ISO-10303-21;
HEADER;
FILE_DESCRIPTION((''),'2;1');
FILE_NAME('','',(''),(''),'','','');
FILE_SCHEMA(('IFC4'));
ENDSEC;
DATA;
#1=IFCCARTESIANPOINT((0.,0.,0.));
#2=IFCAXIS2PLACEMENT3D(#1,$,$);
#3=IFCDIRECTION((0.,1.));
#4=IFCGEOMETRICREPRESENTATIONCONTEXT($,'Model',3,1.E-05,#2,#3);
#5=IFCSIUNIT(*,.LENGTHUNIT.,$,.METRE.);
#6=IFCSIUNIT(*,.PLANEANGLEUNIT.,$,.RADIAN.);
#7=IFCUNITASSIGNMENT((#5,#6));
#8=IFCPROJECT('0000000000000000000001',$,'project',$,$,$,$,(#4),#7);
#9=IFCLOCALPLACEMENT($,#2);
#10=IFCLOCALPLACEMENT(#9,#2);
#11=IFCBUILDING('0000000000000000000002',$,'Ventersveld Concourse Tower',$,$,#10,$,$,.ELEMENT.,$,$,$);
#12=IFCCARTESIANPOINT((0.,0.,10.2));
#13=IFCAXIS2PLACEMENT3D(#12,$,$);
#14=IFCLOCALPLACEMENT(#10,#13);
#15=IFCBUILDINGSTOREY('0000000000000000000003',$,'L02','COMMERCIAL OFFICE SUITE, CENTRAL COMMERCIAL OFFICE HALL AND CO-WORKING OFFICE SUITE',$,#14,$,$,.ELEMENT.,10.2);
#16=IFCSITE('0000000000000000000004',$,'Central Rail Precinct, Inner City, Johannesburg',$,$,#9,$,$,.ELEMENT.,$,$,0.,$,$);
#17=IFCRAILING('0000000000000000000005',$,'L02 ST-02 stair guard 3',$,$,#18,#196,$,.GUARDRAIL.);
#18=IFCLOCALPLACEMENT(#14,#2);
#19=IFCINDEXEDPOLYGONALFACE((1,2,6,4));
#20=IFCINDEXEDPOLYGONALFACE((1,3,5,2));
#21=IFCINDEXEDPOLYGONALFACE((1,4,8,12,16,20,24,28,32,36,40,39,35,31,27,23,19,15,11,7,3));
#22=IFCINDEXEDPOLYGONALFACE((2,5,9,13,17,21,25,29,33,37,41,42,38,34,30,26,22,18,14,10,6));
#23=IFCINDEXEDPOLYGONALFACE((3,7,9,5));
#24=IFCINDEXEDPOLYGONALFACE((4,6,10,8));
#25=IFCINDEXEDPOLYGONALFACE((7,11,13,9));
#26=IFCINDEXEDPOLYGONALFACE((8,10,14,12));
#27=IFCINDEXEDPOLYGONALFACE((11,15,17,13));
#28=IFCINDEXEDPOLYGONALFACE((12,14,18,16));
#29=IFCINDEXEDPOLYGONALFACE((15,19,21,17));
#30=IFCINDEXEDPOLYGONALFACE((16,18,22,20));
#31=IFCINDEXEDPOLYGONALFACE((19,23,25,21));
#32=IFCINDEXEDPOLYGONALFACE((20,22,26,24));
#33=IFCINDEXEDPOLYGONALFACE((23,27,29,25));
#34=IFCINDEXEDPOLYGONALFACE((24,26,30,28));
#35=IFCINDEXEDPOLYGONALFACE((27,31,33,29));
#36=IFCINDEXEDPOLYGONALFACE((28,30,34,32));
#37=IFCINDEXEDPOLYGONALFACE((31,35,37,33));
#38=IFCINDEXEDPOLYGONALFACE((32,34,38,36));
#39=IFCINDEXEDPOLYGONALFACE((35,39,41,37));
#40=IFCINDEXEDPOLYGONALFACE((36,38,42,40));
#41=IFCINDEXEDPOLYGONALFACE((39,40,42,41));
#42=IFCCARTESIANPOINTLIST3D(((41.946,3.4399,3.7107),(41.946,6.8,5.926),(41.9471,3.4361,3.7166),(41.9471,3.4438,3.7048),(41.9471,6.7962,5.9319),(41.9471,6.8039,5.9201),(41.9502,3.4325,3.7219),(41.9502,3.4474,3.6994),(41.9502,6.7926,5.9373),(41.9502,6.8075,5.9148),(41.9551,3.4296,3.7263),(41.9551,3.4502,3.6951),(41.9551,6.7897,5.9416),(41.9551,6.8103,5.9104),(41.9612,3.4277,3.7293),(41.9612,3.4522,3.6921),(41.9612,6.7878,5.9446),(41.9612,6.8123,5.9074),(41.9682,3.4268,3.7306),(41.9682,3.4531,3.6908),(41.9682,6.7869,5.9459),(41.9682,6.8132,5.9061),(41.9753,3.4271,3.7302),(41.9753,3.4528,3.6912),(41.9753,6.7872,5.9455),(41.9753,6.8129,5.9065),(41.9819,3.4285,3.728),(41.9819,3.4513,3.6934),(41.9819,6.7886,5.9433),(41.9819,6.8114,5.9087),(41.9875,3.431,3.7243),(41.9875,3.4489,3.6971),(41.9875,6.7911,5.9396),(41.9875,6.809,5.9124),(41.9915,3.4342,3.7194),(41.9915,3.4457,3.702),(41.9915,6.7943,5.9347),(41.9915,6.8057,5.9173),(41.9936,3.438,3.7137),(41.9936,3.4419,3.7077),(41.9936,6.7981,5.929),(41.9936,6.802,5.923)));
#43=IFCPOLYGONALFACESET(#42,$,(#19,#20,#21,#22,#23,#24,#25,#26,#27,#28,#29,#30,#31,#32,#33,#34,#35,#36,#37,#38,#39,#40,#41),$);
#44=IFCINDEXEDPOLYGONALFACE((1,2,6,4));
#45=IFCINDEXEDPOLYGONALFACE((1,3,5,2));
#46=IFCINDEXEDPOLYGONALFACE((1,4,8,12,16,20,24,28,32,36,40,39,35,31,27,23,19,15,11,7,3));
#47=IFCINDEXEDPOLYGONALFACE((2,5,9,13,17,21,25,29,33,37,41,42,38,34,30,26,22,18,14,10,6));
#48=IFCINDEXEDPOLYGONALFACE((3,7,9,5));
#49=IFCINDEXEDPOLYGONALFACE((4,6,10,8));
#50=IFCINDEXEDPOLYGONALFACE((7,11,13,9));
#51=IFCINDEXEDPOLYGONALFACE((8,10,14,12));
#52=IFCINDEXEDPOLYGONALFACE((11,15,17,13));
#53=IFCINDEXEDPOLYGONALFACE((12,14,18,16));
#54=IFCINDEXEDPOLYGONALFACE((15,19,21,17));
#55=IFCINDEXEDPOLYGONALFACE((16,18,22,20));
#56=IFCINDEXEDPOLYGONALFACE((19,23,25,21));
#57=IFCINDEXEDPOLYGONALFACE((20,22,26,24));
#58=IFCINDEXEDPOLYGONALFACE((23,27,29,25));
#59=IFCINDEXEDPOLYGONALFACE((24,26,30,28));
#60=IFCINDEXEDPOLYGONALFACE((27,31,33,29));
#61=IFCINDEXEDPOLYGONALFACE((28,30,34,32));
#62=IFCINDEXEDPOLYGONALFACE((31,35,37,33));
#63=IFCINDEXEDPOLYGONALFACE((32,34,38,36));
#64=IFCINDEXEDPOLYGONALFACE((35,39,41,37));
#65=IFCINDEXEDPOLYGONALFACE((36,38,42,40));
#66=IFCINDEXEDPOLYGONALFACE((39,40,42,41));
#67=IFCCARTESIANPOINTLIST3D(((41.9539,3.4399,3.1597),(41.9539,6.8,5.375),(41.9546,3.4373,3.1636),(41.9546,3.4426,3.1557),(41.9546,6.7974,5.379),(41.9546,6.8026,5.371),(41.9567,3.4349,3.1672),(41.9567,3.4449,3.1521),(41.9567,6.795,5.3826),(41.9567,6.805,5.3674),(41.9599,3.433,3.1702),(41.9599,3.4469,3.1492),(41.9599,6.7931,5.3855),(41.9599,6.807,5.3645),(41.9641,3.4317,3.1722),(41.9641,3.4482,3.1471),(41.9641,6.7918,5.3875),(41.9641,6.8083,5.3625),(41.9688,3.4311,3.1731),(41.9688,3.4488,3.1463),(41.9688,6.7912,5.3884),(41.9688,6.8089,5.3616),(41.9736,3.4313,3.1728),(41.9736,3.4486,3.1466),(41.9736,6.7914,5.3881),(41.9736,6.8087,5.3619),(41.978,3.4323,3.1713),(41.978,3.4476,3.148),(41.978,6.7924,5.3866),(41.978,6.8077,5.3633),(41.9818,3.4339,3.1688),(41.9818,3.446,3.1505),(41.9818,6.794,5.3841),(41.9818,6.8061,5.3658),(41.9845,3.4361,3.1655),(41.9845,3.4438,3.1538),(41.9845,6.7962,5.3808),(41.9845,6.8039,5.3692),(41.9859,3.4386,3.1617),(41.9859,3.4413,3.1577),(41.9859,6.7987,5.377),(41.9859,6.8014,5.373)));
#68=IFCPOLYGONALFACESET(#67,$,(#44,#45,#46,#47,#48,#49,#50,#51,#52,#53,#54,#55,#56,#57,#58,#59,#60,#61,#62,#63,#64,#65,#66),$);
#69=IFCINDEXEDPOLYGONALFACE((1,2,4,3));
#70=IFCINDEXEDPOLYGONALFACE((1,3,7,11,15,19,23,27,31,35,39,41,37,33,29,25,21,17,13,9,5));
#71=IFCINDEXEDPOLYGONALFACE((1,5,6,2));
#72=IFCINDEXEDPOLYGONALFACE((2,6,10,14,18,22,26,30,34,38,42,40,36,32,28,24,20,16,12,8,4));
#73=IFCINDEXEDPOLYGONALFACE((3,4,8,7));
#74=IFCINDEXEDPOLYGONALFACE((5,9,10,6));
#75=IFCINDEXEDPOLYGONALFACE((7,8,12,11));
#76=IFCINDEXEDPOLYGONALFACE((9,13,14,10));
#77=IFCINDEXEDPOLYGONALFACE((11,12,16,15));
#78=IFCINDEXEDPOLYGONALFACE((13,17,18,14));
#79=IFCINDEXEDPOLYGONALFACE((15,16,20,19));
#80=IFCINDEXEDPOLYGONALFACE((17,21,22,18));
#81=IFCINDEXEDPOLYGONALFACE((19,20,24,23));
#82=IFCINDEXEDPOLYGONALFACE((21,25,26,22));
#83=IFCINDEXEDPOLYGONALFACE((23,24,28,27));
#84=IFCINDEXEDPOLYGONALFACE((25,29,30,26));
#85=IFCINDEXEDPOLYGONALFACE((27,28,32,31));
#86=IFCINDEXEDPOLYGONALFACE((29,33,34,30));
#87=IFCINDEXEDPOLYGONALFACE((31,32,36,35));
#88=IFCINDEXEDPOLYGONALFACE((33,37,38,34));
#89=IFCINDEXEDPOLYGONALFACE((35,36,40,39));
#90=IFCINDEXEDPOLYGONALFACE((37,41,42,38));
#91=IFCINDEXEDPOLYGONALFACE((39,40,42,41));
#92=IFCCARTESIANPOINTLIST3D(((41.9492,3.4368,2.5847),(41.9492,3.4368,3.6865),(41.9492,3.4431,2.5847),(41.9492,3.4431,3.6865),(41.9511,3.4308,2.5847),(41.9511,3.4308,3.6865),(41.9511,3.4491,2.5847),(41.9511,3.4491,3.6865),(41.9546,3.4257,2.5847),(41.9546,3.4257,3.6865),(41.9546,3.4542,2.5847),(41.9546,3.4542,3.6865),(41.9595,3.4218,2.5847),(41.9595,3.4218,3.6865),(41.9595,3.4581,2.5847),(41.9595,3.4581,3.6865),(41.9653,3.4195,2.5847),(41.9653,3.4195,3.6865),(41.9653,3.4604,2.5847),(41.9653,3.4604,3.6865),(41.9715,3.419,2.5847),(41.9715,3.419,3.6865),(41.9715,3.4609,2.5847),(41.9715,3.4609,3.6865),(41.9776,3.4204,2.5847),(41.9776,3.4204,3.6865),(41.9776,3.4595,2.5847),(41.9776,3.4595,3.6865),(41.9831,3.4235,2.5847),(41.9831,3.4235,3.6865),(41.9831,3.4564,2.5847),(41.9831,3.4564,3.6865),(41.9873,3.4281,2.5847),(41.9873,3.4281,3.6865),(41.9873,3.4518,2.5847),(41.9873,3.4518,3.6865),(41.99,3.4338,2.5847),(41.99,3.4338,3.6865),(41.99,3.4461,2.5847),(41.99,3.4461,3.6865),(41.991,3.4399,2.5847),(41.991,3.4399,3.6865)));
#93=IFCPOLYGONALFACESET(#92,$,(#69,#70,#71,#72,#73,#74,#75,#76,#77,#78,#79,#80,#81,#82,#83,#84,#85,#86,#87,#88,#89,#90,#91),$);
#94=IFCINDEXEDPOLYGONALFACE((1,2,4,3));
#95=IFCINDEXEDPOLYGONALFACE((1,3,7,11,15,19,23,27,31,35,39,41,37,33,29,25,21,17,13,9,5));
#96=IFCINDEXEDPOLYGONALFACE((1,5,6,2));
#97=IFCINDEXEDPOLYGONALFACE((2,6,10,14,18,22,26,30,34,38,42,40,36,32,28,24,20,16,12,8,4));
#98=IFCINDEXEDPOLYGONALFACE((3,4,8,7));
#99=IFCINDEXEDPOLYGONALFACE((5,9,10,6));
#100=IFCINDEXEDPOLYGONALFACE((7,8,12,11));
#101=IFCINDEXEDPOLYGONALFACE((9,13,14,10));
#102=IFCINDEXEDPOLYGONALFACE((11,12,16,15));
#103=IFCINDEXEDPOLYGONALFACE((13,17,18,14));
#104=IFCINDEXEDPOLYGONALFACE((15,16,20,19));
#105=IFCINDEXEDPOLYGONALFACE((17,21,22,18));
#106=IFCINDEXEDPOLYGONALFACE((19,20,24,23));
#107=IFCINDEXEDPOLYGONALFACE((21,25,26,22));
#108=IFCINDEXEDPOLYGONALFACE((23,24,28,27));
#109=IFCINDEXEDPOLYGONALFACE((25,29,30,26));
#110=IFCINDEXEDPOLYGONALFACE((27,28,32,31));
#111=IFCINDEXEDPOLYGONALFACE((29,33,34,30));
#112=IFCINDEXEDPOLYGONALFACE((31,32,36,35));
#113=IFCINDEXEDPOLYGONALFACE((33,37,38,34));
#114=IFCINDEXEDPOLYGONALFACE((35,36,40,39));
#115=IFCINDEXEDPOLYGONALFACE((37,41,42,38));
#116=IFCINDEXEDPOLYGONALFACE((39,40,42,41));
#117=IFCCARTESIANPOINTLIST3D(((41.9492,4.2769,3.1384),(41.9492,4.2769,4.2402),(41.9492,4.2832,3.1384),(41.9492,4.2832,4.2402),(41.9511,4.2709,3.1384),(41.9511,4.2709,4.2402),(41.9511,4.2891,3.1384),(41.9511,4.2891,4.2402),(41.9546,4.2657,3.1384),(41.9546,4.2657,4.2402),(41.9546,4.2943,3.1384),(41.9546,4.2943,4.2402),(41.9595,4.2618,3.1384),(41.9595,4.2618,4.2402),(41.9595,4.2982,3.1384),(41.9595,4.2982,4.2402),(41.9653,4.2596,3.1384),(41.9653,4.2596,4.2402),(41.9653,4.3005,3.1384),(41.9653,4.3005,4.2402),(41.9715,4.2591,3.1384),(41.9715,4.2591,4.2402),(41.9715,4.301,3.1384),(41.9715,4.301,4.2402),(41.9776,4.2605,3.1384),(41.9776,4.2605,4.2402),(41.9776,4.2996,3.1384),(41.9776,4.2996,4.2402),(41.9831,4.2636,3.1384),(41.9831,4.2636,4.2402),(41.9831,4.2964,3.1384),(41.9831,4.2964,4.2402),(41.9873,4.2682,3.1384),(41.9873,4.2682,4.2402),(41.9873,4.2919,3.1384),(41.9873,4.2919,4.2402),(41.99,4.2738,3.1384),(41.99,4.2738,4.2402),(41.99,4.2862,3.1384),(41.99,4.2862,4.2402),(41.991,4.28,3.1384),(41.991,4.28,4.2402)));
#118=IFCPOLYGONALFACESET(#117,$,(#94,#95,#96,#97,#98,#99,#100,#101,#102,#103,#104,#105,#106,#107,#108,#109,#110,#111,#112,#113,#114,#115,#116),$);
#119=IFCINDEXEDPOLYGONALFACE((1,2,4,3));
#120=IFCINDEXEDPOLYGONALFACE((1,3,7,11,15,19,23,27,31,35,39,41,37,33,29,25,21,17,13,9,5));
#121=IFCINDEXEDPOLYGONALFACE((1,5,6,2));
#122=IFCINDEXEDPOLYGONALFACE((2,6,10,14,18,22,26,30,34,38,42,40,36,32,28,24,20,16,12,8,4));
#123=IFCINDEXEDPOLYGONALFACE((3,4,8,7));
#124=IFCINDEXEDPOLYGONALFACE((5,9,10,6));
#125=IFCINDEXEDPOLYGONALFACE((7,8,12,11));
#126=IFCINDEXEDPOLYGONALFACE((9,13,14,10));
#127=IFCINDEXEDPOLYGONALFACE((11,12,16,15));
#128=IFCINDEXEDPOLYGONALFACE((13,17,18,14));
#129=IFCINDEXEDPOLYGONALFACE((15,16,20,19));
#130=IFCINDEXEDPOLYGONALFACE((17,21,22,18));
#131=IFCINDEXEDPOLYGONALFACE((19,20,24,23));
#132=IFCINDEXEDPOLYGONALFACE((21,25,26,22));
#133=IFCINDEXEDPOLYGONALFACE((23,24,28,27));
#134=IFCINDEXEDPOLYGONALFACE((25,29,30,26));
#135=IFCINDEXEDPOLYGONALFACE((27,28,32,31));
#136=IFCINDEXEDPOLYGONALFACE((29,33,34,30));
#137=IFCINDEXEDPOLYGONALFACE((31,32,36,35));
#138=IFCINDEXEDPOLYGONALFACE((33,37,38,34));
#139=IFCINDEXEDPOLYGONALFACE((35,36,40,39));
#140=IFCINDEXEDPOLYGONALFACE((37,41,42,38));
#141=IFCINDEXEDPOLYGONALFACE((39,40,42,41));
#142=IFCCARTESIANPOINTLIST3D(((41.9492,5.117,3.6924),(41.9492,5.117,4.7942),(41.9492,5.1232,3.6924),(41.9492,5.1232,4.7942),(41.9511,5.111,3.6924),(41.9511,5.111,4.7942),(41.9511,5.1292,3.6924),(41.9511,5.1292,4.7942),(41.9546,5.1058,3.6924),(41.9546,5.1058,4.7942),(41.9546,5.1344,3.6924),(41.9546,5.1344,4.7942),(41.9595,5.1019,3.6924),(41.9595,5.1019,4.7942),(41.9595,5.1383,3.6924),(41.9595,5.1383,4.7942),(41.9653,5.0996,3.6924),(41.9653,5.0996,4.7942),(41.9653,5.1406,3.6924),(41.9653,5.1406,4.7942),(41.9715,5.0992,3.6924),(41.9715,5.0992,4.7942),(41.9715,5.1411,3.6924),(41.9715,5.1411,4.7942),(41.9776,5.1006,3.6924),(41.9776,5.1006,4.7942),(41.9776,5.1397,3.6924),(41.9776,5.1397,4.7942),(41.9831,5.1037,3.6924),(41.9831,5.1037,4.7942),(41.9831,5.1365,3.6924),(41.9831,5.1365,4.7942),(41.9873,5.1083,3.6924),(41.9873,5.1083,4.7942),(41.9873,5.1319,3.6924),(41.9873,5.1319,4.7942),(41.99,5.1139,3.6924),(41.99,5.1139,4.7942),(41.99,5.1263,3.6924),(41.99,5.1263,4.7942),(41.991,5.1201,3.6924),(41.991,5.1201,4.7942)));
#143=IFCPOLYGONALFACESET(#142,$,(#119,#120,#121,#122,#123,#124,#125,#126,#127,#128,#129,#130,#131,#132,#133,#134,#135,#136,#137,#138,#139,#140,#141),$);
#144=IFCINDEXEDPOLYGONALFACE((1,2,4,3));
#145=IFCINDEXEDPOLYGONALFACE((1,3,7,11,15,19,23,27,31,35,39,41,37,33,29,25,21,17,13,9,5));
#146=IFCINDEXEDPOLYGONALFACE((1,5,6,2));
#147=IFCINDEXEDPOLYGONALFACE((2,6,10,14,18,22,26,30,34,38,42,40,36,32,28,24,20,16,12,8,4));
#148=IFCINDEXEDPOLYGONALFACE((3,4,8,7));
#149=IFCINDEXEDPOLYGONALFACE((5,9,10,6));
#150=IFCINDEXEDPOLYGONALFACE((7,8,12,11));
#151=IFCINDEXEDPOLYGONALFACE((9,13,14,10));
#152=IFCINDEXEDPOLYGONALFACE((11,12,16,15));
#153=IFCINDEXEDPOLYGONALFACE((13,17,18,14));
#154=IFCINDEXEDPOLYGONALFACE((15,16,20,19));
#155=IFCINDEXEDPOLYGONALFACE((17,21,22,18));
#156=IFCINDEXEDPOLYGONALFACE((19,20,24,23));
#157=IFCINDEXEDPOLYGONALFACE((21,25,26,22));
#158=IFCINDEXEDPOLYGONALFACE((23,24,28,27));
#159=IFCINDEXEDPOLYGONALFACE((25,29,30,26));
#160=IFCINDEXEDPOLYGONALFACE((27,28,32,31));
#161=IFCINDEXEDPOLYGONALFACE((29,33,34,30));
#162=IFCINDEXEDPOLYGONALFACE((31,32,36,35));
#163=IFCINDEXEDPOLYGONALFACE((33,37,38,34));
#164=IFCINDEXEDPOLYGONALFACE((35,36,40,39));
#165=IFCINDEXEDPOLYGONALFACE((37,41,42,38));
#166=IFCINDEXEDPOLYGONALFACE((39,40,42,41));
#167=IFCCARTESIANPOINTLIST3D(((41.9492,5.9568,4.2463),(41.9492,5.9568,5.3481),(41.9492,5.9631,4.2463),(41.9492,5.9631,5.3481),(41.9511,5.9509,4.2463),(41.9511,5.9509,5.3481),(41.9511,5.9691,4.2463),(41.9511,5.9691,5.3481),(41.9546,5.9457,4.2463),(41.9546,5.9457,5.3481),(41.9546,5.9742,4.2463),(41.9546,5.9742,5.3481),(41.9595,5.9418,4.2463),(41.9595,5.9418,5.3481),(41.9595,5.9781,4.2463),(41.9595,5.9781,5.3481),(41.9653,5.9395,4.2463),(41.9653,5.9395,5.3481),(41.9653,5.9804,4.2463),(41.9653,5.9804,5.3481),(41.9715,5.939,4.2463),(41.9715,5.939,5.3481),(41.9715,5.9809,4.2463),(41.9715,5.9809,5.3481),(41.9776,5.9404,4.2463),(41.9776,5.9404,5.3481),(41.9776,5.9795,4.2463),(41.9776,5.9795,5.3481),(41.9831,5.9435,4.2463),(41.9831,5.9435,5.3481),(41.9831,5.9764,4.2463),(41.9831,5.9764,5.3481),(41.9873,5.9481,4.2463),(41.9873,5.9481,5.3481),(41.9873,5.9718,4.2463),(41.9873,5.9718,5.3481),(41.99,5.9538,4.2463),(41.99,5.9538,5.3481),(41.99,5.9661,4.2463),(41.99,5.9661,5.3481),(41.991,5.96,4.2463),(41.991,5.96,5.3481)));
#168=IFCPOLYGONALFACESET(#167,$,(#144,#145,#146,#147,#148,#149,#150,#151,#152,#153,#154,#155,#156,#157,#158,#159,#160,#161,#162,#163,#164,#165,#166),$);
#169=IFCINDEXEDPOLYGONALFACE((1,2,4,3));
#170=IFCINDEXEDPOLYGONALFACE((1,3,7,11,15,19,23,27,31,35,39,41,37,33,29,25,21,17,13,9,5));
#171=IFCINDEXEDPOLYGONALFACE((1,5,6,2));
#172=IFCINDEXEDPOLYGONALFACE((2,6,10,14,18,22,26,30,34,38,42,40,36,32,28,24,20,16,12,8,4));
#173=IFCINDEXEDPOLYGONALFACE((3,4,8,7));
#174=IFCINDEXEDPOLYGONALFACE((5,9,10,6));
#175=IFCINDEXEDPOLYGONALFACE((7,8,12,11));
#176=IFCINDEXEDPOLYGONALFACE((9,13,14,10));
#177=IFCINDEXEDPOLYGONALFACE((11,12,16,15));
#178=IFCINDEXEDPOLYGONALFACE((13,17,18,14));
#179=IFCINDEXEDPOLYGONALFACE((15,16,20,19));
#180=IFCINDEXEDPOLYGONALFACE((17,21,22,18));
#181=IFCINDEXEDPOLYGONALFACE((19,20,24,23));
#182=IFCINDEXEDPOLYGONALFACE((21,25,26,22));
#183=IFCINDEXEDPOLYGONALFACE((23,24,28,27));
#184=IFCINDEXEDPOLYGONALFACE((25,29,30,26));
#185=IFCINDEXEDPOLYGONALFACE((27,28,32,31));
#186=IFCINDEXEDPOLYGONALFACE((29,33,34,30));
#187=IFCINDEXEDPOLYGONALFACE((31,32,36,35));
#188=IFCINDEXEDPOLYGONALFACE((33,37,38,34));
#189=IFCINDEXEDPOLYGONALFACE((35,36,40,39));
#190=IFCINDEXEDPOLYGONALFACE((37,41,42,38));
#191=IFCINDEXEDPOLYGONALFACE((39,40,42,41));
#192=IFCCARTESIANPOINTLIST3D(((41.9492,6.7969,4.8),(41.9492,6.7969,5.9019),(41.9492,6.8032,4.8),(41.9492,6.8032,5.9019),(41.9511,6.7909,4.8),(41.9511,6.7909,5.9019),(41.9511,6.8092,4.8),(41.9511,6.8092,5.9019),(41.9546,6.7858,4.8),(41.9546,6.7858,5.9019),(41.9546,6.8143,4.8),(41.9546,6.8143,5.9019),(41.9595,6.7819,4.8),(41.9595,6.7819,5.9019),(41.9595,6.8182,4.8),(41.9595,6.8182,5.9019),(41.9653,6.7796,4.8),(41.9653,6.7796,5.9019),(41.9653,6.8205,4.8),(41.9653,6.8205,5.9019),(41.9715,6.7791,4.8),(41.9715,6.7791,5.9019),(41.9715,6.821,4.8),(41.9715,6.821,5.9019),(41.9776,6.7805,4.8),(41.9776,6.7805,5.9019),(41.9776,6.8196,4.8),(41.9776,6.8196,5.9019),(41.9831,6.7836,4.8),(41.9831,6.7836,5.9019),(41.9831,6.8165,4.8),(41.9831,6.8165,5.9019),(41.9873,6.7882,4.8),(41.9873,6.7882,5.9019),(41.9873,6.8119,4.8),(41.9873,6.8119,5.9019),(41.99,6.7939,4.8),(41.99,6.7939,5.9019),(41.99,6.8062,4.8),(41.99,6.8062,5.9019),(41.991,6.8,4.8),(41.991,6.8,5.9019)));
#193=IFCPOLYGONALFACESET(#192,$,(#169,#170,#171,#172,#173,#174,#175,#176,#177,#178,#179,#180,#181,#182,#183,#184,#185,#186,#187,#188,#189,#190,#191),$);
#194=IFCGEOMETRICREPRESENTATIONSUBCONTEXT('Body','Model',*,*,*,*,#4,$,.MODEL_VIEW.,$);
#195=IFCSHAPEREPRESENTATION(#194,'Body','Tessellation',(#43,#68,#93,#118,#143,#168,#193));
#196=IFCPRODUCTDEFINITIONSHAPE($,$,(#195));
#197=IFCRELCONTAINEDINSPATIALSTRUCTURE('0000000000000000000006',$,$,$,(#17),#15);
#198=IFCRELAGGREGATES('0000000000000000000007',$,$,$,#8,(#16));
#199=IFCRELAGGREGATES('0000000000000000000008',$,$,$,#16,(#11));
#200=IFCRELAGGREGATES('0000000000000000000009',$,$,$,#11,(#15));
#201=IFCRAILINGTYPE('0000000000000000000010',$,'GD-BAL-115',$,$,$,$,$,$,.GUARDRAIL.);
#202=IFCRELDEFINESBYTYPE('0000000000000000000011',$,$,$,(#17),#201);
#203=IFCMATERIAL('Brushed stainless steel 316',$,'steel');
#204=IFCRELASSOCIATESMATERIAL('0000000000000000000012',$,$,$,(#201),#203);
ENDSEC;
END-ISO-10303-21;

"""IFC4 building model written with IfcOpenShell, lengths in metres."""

from ifc_helpers import new_model, si_unit, direction, frame, origin, origin_2d, place, context, subcontext, project, spatial, circle, extrude, material, type_object, element, save


model = new_model("IFC4")

# Units and contexts
model_context = context("Model", 3, precision=1e-05, world=origin(), true_north=direction((0.0, 1.0)))
body_context = subcontext(model_context, "Body", "Model", "MODEL_VIEW")
ifc_project = project(units=[si_unit("LENGTHUNIT", "METRE"), si_unit("PLANEANGLEUNIT", "RADIAN")], contexts=[model_context])

# Site, building, storey
site_placement = place(None, origin())
site = spatial("IfcSite", under=ifc_project, at=site_placement, Name="Central Rail Precinct, Inner City, Johannesburg", CompositionType="ELEMENT", RefElevation=0.0)
building_placement = place(site_placement, origin())
building = spatial("IfcBuilding", under=site, at=building_placement, Name="Ventersveld Concourse Tower", CompositionType="ELEMENT")
storey_placement = place(building_placement, frame((0.0, 0.0, 10.2)))
storey = spatial("IfcBuildingStorey", under=building, at=storey_placement, Name="L02", Description="COMMERCIAL OFFICE SUITE, CENTRAL COMMERCIAL OFFICE HALL AND CO-WORKING OFFICE SUITE", CompositionType="ELEMENT", Elevation=10.2)

# Railing
ifc_material_1 = material(Name="Brushed stainless steel 316", Category="steel")
railing_type_1 = type_object("IfcRailingType", Name="GD-BAL-115", PredefinedType="GUARDRAIL", material=ifc_material_1)
for number, where, name in (
    (1, (41.97, 3.4399, 2.5847), "L02 ST-02 stair guard 3"),
):
    element("IfcRailing", number, at=place(storey_placement, frame(where)), inside=storey, type_object=railing_type_1, Name=name, PredefinedType="GUARDRAIL", context=body_context, shape_type="SweptSolid", body=[
        extrude(circle(Radius=0.0239, at=origin_2d()), frame((0.0, 0.0, 1.126), z_axis=(0.0, 0.834876, 0.550437), x_axis=(-1.0, 0.0, 0.0)), (0.0, 0.0, 1.0), 4.0247),
        extrude(circle(Radius=0.0161, at=origin_2d()), frame((0.0, 0.0, 0.575), z_axis=(0.0, 0.834876, 0.550437), x_axis=(-1.0, 0.0, 0.0)), (0.0, 0.0, 1.0), 4.0247),
        extrude(circle(Radius=0.021, at=origin_2d()), origin(), (0.0, 0.0, 1.0), 1.1018),
        extrude(circle(Radius=0.021, at=origin_2d()), frame((0.0, 0.8401, 0.5537)), (0.0, 0.0, 1.0), 1.1018),
        extrude(circle(Radius=0.021, at=origin_2d()), frame((0.0, 1.6802, 1.1077)), (0.0, 0.0, 1.0), 1.1018),
        extrude(circle(Radius=0.021, at=origin_2d()), frame((0.0, 2.52, 1.6616)), (0.0, 0.0, 1.0), 1.1018),
        extrude(circle(Radius=0.021, at=origin_2d()), frame((0.0, 3.3601, 2.2153)), (0.0, 0.0, 1.0), 1.1018),
    ])

save(model, "model.ifc")
